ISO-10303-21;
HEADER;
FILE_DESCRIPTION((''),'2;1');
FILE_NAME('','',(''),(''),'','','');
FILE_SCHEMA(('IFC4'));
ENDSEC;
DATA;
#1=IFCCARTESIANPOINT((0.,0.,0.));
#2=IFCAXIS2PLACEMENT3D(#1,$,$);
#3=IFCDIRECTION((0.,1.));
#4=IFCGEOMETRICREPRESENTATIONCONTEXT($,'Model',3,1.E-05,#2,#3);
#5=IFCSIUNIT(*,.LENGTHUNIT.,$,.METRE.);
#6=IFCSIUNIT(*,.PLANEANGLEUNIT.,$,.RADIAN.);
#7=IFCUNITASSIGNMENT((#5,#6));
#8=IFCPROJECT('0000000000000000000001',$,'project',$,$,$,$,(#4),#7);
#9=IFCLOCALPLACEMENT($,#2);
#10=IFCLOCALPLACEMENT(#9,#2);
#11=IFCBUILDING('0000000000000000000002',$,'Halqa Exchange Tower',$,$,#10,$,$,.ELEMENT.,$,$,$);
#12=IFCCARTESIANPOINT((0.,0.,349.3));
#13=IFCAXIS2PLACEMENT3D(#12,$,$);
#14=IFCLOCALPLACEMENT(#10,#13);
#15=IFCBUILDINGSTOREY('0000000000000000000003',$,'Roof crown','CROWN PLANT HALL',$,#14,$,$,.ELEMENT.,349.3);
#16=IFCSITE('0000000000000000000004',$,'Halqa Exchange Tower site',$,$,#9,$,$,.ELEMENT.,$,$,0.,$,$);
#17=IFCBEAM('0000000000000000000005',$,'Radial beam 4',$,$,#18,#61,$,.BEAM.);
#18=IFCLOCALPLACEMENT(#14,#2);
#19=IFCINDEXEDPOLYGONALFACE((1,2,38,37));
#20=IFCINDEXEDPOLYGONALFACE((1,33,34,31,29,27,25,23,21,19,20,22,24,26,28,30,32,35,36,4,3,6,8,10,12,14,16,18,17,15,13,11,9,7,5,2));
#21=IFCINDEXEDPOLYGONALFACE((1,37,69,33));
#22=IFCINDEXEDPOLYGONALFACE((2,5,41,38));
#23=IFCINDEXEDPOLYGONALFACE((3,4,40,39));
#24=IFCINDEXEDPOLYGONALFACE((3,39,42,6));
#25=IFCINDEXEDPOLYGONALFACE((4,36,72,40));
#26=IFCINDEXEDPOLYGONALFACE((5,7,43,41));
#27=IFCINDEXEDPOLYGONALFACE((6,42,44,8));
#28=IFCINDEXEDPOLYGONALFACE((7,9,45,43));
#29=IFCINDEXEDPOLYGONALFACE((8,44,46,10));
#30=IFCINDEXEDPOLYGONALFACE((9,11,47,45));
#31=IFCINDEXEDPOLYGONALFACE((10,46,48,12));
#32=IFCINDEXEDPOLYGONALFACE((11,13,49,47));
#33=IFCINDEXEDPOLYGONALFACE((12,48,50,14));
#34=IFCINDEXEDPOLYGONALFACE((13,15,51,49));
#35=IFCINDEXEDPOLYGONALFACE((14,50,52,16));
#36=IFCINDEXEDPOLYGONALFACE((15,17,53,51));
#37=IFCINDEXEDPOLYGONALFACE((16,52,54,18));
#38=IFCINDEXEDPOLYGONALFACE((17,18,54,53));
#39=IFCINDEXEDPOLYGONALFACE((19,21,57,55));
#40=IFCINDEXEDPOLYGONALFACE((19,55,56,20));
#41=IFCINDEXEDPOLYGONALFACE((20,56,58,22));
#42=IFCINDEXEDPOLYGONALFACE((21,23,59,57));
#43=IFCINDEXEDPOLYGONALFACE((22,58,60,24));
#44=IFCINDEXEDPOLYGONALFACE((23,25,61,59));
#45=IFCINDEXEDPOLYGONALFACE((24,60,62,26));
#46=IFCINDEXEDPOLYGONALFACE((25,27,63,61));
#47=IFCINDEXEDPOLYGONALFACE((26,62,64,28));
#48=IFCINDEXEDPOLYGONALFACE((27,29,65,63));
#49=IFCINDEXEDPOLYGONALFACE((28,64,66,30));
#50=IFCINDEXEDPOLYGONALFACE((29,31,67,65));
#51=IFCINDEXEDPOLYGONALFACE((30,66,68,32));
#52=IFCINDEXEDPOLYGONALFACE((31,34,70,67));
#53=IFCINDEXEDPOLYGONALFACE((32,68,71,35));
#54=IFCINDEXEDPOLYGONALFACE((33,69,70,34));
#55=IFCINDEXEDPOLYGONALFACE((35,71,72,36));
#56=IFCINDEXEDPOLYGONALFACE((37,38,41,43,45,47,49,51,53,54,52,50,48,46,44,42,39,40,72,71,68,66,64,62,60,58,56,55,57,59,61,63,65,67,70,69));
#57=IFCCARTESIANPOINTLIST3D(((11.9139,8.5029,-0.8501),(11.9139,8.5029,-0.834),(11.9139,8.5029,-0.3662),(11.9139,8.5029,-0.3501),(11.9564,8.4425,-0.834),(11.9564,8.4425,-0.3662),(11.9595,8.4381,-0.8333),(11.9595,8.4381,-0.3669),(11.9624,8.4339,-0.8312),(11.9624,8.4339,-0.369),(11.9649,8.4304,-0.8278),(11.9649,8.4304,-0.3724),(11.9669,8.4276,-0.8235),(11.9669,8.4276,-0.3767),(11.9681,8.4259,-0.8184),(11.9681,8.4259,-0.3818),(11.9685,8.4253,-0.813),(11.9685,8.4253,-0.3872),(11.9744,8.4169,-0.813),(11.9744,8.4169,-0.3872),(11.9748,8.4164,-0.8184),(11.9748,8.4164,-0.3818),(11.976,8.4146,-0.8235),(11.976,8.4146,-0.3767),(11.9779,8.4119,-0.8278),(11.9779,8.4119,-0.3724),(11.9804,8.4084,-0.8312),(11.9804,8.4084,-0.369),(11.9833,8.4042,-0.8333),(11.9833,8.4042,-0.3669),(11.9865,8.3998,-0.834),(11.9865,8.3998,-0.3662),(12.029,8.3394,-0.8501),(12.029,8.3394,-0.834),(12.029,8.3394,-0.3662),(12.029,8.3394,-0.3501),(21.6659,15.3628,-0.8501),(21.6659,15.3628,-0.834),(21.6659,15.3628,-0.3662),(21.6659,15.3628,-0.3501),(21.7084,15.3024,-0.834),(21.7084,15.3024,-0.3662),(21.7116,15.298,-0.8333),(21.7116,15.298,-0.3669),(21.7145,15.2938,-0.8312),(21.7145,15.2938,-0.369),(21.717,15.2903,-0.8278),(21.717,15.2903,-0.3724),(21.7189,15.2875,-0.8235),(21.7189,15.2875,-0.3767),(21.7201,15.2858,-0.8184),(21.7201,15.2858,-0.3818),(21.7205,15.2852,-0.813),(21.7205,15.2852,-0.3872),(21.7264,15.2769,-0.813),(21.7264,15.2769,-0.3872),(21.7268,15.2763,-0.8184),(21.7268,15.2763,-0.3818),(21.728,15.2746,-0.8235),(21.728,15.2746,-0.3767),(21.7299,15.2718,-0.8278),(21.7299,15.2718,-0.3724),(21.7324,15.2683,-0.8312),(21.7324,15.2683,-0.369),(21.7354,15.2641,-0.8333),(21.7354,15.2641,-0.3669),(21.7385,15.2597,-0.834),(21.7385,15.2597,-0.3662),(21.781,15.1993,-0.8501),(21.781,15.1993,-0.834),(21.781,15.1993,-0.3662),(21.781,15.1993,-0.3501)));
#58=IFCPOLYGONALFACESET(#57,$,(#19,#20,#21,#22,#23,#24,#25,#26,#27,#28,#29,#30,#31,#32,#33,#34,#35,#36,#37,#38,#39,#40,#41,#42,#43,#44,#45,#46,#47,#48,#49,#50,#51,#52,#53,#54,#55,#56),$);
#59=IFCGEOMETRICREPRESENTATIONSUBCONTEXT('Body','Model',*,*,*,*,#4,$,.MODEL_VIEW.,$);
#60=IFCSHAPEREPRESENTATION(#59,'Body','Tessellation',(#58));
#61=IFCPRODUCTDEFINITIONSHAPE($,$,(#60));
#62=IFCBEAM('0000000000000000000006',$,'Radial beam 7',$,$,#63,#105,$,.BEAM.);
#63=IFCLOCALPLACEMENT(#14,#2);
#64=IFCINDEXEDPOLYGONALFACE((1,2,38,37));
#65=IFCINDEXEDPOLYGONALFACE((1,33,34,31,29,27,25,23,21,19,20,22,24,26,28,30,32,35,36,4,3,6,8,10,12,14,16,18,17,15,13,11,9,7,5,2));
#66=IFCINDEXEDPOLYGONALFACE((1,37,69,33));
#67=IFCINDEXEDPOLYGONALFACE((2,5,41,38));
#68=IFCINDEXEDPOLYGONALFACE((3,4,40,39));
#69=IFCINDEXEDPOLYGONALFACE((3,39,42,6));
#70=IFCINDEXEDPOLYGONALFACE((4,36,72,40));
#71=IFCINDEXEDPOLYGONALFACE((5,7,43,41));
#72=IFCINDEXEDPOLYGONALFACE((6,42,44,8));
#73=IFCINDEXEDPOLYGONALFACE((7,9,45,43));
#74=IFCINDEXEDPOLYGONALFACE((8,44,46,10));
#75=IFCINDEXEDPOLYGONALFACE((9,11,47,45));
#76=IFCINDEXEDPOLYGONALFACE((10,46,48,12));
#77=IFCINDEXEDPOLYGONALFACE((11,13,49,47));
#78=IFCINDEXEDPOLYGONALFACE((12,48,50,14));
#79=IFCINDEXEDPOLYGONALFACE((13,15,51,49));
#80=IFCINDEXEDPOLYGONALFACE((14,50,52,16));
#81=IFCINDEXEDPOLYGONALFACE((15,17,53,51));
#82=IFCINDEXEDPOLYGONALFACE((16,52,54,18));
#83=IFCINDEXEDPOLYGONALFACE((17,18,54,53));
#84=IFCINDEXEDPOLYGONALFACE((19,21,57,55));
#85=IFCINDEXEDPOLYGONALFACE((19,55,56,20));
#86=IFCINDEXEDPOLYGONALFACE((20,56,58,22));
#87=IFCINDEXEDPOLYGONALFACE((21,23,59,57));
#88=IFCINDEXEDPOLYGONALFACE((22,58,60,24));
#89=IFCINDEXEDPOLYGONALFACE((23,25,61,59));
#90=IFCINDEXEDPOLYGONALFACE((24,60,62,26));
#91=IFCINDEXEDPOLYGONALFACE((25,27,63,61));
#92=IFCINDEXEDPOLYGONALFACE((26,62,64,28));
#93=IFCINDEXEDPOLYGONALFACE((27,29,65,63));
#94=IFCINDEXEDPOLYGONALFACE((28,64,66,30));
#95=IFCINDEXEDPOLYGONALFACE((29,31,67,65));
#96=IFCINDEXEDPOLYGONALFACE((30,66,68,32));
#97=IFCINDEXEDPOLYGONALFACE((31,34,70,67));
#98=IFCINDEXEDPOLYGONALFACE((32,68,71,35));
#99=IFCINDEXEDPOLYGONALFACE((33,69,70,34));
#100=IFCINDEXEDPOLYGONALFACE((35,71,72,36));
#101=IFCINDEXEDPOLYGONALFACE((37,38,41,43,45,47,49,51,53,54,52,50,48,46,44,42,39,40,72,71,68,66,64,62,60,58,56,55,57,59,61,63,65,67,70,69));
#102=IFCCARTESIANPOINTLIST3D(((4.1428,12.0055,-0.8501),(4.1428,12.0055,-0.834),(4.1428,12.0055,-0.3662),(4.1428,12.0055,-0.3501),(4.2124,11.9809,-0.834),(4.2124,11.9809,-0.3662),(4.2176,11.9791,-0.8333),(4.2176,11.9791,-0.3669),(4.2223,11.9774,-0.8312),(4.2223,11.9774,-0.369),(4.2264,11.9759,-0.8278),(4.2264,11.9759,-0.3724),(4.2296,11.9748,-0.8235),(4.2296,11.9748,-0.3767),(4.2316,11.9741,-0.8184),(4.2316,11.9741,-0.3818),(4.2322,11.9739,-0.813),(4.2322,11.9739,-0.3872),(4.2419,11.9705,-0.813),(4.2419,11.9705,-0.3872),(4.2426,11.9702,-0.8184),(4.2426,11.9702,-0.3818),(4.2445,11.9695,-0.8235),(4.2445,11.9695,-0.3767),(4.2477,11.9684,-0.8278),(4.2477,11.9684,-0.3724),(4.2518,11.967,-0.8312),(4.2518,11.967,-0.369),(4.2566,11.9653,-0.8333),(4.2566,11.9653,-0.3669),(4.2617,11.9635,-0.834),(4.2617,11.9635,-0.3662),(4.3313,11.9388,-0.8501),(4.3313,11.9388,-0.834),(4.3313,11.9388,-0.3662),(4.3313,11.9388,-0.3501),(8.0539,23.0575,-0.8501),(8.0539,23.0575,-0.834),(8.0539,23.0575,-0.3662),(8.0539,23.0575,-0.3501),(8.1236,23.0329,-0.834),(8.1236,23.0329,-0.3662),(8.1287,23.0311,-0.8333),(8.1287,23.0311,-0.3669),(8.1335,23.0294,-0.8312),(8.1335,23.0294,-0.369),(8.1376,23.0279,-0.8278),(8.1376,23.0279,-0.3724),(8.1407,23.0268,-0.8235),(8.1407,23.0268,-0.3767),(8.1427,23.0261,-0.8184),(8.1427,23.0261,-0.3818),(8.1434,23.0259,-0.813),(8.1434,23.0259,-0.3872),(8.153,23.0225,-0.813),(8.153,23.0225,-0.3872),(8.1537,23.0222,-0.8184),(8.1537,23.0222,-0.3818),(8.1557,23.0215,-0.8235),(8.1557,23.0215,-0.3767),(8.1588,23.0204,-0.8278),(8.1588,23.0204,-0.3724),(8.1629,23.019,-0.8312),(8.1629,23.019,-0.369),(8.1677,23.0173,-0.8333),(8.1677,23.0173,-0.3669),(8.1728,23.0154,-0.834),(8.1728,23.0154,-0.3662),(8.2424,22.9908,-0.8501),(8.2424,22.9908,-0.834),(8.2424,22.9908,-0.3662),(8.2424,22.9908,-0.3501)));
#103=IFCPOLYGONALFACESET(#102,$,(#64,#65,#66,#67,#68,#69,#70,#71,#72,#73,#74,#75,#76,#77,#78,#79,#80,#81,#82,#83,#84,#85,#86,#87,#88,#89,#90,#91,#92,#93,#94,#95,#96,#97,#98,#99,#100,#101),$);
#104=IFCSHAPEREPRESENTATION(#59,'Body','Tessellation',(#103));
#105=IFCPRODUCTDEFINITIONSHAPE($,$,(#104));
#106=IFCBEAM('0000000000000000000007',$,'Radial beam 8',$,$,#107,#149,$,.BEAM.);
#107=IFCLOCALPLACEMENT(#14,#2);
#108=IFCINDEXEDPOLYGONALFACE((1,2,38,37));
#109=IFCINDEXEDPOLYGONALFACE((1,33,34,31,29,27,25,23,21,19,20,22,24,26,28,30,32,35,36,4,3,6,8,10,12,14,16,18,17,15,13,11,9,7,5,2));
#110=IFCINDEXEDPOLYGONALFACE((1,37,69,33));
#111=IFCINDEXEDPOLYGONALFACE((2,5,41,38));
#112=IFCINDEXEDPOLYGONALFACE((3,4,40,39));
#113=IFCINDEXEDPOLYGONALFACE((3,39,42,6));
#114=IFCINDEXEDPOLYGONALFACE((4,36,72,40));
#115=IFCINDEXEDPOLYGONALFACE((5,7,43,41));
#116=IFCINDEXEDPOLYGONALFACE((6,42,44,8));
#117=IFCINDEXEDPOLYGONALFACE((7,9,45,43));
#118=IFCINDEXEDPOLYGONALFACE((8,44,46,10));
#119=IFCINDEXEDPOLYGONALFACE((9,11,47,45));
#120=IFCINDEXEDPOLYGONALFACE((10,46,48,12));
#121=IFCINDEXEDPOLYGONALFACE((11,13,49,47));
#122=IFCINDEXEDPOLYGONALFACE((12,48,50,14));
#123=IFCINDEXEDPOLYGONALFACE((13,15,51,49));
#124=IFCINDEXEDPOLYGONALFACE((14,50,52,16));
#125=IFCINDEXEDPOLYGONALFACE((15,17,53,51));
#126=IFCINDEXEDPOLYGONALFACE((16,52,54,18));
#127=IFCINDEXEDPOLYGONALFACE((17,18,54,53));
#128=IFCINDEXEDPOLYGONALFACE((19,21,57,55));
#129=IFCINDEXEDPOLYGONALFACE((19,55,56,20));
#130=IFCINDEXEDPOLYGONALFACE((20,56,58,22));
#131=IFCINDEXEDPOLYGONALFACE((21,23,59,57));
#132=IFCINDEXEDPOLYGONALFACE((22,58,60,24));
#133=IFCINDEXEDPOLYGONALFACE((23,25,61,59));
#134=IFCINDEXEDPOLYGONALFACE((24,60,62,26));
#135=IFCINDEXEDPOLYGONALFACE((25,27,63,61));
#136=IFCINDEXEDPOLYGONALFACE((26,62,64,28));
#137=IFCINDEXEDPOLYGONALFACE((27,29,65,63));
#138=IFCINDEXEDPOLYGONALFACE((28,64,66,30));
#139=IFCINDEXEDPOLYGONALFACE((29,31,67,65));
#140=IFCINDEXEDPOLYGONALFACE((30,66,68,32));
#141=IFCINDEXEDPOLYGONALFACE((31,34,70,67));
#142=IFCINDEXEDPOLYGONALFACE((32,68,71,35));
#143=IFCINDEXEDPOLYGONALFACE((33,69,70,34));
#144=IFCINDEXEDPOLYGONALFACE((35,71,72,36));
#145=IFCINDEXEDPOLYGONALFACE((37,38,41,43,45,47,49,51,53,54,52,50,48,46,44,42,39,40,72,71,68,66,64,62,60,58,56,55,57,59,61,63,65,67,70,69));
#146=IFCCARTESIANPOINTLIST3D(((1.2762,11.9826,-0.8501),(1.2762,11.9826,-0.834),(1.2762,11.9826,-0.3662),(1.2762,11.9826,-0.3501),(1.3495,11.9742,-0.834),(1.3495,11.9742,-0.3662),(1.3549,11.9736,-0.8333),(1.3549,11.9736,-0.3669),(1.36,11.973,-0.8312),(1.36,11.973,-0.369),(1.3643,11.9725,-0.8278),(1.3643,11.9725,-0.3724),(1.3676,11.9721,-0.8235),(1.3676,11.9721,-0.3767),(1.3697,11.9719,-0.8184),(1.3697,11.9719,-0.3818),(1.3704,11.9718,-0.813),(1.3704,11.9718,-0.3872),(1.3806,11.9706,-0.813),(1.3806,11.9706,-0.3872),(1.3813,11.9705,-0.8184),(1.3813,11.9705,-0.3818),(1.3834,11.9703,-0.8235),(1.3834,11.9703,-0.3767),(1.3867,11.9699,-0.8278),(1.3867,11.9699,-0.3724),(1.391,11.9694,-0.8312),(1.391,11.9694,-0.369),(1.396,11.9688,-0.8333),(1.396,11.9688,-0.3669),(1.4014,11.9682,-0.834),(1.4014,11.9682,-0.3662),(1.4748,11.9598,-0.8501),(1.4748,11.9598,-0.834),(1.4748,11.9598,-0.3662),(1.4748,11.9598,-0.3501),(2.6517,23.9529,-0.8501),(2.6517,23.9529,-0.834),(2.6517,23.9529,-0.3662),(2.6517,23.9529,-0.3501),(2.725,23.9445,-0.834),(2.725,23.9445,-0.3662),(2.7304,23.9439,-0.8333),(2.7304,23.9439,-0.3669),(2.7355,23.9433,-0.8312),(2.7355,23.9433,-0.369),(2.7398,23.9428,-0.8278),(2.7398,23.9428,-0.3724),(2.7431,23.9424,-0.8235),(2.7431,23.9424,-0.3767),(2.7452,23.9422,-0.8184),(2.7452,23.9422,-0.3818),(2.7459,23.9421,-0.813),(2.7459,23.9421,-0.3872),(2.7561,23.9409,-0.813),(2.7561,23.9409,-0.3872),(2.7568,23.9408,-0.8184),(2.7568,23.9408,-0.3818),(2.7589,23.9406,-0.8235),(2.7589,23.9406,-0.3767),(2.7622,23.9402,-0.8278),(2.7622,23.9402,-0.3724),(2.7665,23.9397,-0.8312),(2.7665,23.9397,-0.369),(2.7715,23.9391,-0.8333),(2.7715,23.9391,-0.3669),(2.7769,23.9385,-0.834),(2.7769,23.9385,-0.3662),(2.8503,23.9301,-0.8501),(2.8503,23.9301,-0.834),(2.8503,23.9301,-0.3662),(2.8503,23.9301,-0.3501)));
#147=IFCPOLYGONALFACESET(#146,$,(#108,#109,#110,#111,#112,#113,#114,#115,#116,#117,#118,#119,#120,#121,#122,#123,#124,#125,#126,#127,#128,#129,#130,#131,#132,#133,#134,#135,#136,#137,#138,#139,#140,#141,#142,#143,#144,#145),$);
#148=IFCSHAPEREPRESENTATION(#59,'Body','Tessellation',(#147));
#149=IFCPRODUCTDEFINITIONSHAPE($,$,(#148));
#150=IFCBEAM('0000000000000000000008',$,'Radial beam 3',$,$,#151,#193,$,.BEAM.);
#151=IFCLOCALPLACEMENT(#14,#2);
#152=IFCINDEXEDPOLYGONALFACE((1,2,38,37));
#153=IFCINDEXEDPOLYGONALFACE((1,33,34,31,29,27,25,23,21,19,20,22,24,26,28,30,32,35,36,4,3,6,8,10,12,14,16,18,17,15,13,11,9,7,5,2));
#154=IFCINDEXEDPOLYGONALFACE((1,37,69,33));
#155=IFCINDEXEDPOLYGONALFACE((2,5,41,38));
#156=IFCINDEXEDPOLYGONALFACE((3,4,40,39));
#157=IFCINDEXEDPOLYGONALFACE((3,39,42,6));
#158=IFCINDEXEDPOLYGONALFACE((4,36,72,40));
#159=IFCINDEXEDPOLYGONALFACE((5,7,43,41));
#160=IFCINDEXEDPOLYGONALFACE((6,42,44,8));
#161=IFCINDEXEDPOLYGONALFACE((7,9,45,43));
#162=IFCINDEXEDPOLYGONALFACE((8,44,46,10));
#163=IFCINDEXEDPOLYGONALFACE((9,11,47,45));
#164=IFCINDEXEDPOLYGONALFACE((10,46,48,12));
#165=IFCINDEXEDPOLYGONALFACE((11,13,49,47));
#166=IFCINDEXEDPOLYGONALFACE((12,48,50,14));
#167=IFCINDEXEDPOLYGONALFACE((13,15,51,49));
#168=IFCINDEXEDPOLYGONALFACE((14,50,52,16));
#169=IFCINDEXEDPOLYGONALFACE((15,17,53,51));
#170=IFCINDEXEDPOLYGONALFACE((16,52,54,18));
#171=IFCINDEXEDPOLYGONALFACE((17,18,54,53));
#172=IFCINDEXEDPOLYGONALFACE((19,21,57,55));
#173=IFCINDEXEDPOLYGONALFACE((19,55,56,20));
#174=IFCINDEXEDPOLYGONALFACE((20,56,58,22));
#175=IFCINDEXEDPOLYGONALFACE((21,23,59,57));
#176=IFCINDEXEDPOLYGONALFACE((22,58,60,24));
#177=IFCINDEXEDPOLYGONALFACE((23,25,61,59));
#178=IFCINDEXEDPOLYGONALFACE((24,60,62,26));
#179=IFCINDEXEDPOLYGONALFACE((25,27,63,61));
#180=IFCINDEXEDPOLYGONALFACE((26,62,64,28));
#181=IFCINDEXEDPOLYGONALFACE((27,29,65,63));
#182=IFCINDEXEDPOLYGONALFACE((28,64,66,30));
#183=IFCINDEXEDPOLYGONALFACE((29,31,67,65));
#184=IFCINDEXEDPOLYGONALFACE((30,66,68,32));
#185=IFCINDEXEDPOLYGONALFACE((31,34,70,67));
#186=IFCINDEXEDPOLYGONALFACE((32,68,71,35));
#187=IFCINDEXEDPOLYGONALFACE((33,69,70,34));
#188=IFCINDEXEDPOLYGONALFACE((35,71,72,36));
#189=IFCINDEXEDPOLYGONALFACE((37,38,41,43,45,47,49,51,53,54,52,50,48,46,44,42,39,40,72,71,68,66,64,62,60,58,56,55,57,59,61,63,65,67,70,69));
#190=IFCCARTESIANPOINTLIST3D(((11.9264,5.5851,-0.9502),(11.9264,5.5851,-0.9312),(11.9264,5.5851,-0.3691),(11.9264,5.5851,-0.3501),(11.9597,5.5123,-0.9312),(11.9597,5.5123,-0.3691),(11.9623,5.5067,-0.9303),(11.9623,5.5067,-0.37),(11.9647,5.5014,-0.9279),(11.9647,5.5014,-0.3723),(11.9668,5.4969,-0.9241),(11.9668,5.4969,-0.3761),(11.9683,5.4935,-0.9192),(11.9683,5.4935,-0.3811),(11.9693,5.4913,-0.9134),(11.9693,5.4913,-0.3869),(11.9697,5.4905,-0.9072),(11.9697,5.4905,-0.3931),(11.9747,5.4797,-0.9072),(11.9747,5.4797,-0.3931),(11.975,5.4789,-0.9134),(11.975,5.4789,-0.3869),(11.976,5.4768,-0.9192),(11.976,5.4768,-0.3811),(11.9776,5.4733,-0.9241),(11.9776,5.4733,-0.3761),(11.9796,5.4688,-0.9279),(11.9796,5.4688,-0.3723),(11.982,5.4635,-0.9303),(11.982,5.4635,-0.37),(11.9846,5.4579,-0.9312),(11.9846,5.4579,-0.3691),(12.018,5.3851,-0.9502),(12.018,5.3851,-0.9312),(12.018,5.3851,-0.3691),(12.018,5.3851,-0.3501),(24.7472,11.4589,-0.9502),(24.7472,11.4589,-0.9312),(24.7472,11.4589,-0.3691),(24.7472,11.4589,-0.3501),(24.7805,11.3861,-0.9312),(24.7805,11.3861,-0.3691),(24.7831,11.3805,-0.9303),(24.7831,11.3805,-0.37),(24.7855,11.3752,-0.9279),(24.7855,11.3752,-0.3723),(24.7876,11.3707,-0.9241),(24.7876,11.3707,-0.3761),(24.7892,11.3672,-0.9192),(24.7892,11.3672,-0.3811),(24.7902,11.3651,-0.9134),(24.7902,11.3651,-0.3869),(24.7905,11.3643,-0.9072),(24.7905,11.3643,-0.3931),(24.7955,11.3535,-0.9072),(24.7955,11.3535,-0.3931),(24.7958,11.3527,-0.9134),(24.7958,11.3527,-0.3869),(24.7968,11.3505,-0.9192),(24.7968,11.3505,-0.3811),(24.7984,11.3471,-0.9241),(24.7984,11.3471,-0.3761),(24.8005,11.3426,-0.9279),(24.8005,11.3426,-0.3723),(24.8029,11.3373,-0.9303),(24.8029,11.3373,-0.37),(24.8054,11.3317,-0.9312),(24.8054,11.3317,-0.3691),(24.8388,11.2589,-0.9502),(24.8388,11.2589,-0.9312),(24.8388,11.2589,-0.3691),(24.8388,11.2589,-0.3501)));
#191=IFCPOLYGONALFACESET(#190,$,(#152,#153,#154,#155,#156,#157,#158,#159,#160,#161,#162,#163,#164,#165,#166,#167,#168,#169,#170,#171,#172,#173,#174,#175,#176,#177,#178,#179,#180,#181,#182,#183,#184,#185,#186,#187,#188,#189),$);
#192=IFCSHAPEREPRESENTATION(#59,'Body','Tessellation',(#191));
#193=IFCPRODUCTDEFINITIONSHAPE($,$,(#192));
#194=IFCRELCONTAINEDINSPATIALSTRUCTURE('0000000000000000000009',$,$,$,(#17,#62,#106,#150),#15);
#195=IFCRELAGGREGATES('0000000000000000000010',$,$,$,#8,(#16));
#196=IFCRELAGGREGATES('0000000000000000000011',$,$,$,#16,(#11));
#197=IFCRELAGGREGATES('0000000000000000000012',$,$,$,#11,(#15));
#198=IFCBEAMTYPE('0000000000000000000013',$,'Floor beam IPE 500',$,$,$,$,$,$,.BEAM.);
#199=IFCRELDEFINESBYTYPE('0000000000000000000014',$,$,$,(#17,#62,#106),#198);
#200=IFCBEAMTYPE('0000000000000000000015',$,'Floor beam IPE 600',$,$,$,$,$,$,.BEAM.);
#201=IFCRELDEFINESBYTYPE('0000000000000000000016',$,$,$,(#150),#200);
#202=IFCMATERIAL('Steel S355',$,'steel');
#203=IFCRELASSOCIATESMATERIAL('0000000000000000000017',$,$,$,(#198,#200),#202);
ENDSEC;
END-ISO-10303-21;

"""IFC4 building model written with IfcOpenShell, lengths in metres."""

from ifc_helpers import new_model, si_unit, direction, frame, origin, origin_2d, place, context, subcontext, project, spatial, i_section, extrude, material, material_profile, profile_set, type_object, element, save


model = new_model("IFC4")

# Units and contexts
model_context = context("Model", 3, precision=1e-05, world=origin(), true_north=direction((0.0, 1.0)))
body_context = subcontext(model_context, "Body", "Model", "MODEL_VIEW")
ifc_project = project(units=[si_unit("LENGTHUNIT", "METRE"), si_unit("PLANEANGLEUNIT", "RADIAN")], contexts=[model_context])

# Site, building, storey
site_placement = place(None, origin())
site = spatial("IfcSite", under=ifc_project, at=site_placement, Name="Halqa Exchange Tower site", CompositionType="ELEMENT", RefElevation=0.0)
building_placement = place(site_placement, origin())
building = spatial("IfcBuilding", under=site, at=building_placement, Name="Halqa Exchange Tower", CompositionType="ELEMENT")
storey_placement = place(building_placement, frame((0.0, 0.0, 349.3)))
storey = spatial("IfcBuildingStorey", under=building, at=storey_placement, Name="Roof crown", Description="CROWN PLANT HALL", CompositionType="ELEMENT", Elevation=349.3)

# Shared definitions
ifc_material_1 = material(Name="Steel S355", Category="steel")

# Beams
ifc_material_profile_1 = material_profile(ifc_material_1, i_section(OverallWidth=0.2, OverallDepth=0.5, WebThickness=0.0103, FlangeThickness=0.0161, FilletRadius=0.021, at=origin_2d()), Name="IPE 500")
ifc_profile_set_1 = profile_set([ifc_material_profile_1], Name="Steel S355")
beam_type_1 = type_object("IfcBeamType", Name="Floor beam IPE 500", PredefinedType="BEAM", material=ifc_profile_set_1)
beam_1_placement = place(storey_placement, frame((11.9714, 8.4211, -0.6001), z_axis=(0.81791, 0.575346, 0.0), x_axis=(-0.575346, 0.81791, 0.0)))
element("IfcBeam", 1, at=beam_1_placement, inside=storey, type_object=beam_type_1, Name="Radial beam 4", PredefinedType="BEAM", context=body_context, shape_type="SweptSolid", body=[
    extrude(i_section(OverallWidth=0.2, OverallDepth=0.5, WebThickness=0.0103, FlangeThickness=0.0161, FilletRadius=0.021, at=origin_2d()), origin(), (0.0, 0.0, 1.0), 11.9231),
])
beam_2_placement = place(storey_placement, frame((4.2371, 11.9722, -0.6001), z_axis=(0.333611, 0.942711, 0.0), x_axis=(-0.942711, 0.333611, 0.0)))
element("IfcBeam", 2, at=beam_2_placement, inside=storey, type_object=beam_type_1, Name="Radial beam 7", PredefinedType="BEAM", context=body_context, shape_type="SweptSolid", body=[
    extrude(i_section(OverallWidth=0.2, OverallDepth=0.5, WebThickness=0.0103, FlangeThickness=0.0161, FilletRadius=0.021, at=origin_2d()), origin(), (0.0, 0.0, 1.0), 11.7236),
])
beam_3_placement = place(storey_placement, frame((1.3755, 11.9712, -0.6001), z_axis=(0.114158, 0.993463, 0.0), x_axis=(-0.993463, 0.114158, 0.0)))
element("IfcBeam", 3, at=beam_3_placement, inside=storey, type_object=beam_type_1, Name="Radial beam 8", PredefinedType="BEAM", context=body_context, shape_type="SweptSolid", body=[
    extrude(i_section(OverallWidth=0.2, OverallDepth=0.5, WebThickness=0.0103, FlangeThickness=0.0161, FilletRadius=0.021, at=origin_2d()), origin(), (0.0, 0.0, 1.0), 12.0491),
])
ifc_material_profile_2 = material_profile(ifc_material_1, i_section(OverallWidth=0.22, OverallDepth=0.6001, WebThickness=0.012, FlangeThickness=0.019, FilletRadius=0.0239, at=origin_2d()), Name="IPE 600")
ifc_profile_set_2 = profile_set([ifc_material_profile_2], Name="Steel S355")
beam_type_2 = type_object("IfcBeamType", Name="Floor beam IPE 600", PredefinedType="BEAM", material=ifc_profile_set_2)
beam_4_placement = place(storey_placement, frame((11.9722, 5.4851, -0.6501), z_axis=(0.90913, 0.416513, 0.0), x_axis=(-0.416513, 0.90913, 0.0)))
element("IfcBeam", 4, at=beam_4_placement, inside=storey, type_object=beam_type_2, Name="Radial beam 3", PredefinedType="BEAM", context=body_context, shape_type="SweptSolid", body=[
    extrude(i_section(OverallWidth=0.22, OverallDepth=0.6001, WebThickness=0.012, FlangeThickness=0.019, FilletRadius=0.0239, at=origin_2d()), origin(), (0.0, 0.0, 1.0), 14.1023),
])

save(model, "model.ifc")
